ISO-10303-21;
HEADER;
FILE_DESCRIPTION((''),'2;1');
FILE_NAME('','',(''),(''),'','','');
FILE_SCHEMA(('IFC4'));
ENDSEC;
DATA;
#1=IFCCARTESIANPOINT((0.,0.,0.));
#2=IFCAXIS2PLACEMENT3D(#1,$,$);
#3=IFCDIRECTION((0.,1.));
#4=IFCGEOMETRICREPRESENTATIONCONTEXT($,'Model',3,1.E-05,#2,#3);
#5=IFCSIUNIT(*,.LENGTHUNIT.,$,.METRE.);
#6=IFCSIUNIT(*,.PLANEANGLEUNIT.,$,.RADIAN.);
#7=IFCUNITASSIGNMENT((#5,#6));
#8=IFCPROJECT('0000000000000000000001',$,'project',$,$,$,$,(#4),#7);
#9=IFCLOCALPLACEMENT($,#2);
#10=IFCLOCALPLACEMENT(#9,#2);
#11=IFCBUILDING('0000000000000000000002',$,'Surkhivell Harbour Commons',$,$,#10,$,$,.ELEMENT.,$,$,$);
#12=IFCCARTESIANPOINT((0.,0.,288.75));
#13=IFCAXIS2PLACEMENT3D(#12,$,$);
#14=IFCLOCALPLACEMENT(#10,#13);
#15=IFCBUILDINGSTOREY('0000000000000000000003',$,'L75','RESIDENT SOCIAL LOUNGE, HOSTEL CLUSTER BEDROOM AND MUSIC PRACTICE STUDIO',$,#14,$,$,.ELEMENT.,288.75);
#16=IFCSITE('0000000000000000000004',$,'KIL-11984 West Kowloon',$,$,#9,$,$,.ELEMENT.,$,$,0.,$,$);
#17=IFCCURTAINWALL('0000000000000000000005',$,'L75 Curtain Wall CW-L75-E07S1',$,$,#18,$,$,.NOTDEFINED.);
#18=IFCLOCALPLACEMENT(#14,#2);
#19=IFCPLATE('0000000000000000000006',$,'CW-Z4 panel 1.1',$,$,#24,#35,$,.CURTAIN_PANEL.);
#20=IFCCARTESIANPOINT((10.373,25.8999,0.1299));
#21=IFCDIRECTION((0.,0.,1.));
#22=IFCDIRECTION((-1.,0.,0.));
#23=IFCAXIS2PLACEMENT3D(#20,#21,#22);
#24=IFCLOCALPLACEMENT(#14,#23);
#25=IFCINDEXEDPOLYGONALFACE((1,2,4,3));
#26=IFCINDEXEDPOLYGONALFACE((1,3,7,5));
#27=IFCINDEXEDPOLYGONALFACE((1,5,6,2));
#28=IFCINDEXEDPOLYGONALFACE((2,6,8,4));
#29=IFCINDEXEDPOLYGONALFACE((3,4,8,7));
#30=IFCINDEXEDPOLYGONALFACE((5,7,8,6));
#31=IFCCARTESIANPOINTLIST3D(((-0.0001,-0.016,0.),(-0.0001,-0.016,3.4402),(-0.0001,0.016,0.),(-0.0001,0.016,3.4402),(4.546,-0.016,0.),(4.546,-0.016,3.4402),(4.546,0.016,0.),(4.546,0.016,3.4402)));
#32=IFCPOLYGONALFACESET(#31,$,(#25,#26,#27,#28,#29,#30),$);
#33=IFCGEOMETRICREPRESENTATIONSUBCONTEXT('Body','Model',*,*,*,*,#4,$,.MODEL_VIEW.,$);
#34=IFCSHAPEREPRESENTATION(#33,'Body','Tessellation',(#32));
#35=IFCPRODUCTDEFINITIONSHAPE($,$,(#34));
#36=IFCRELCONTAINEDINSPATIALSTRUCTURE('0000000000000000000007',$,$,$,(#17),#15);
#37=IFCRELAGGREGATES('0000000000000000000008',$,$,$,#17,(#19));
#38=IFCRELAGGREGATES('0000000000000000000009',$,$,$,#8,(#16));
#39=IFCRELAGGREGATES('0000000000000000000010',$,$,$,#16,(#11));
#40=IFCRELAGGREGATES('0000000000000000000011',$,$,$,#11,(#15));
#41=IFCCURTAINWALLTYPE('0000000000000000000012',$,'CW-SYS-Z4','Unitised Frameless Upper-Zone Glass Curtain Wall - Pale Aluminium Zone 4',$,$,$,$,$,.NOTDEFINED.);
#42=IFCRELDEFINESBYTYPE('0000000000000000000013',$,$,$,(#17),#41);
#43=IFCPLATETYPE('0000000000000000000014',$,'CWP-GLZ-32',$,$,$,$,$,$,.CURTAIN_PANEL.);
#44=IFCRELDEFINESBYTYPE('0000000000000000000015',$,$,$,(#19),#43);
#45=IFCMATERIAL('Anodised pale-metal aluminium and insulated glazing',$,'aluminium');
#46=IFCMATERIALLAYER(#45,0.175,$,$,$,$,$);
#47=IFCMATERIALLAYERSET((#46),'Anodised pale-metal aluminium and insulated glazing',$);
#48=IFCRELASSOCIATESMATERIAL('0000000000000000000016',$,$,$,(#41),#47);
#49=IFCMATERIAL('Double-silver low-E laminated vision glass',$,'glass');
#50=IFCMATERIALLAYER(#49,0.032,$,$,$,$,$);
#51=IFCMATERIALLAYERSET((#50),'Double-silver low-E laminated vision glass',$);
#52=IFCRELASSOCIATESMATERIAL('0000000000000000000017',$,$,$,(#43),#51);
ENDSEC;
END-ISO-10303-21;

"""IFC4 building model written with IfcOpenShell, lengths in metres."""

from ifc_helpers import new_model, si_unit, direction, frame, frame_2d, origin, place, context, subcontext, project, spatial, rectangle, extrude, material, layer, layer_set, type_object, element, aggregate, save


model = new_model("IFC4")

# Units and contexts
model_context = context("Model", 3, precision=1e-05, world=origin(), true_north=direction((0.0, 1.0)))
body_context = subcontext(model_context, "Body", "Model", "MODEL_VIEW")
ifc_project = project(units=[si_unit("LENGTHUNIT", "METRE"), si_unit("PLANEANGLEUNIT", "RADIAN")], contexts=[model_context])

# Site, building, storey
site_placement = place(None, origin())
site = spatial("IfcSite", under=ifc_project, at=site_placement, Name="KIL-11984 West Kowloon", CompositionType="ELEMENT", RefElevation=0.0)
building_placement = place(site_placement, origin())
building = spatial("IfcBuilding", under=site, at=building_placement, Name="Surkhivell Harbour Commons", CompositionType="ELEMENT")
storey_placement = place(building_placement, frame((0.0, 0.0, 288.75)))
storey = spatial("IfcBuildingStorey", under=building, at=storey_placement, Name="L75", Description="RESIDENT SOCIAL LOUNGE, HOSTEL CLUSTER BEDROOM AND MUSIC PRACTICE STUDIO", CompositionType="ELEMENT", Elevation=288.75)

# Curtain wall
ifc_material_1 = material(Name="Anodised pale-metal aluminium and insulated glazing", Category="aluminium")
ifc_layer_1 = layer(ifc_material_1, 0.175)
ifc_layer_set_1 = layer_set([ifc_layer_1], Name="Anodised pale-metal aluminium and insulated glazing")
curtain_wall_type = type_object("IfcCurtainWallType", Name="CW-SYS-Z4", Description="Unitised Frameless Upper-Zone Glass Curtain Wall - Pale Aluminium Zone 4", PredefinedType="NOTDEFINED", material=ifc_layer_set_1)
curtain_wall_1_placement = place(storey_placement, origin())
curtain_wall_1 = element("IfcCurtainWall", 1, at=curtain_wall_1_placement, inside=storey, type_object=curtain_wall_type, Name="L75 Curtain Wall CW-L75-E07S1", PredefinedType="NOTDEFINED")

# Plate
ifc_material_2 = material(Name="Double-silver low-E laminated vision glass", Category="glass")
ifc_layer_2 = layer(ifc_material_2, 0.032)
ifc_layer_set_2 = layer_set([ifc_layer_2], Name="Double-silver low-E laminated vision glass")
plate_type = type_object("IfcPlateType", Name="CWP-GLZ-32", PredefinedType="CURTAIN_PANEL", material=ifc_layer_set_2)
plate_1_placement = place(storey_placement, frame((10.373, 25.8999, 0.1299), z_axis=(0.0, 0.0, 1.0), x_axis=(-1.0, 0.0, 0.0)))
plate_1 = element("IfcPlate", 2, at=plate_1_placement, type_object=plate_type, Name="CW-Z4 panel 1.1", PredefinedType="CURTAIN_PANEL", context=body_context, shape_type="SweptSolid", body=[
    extrude(rectangle(XDim=4.5461, YDim=0.032, at=frame_2d((2.2729, 0.0))), origin(), (0.0, 0.0, 1.0), 3.4402),
])
aggregate(curtain_wall_1, [plate_1])

save(model, "model.ifc")
